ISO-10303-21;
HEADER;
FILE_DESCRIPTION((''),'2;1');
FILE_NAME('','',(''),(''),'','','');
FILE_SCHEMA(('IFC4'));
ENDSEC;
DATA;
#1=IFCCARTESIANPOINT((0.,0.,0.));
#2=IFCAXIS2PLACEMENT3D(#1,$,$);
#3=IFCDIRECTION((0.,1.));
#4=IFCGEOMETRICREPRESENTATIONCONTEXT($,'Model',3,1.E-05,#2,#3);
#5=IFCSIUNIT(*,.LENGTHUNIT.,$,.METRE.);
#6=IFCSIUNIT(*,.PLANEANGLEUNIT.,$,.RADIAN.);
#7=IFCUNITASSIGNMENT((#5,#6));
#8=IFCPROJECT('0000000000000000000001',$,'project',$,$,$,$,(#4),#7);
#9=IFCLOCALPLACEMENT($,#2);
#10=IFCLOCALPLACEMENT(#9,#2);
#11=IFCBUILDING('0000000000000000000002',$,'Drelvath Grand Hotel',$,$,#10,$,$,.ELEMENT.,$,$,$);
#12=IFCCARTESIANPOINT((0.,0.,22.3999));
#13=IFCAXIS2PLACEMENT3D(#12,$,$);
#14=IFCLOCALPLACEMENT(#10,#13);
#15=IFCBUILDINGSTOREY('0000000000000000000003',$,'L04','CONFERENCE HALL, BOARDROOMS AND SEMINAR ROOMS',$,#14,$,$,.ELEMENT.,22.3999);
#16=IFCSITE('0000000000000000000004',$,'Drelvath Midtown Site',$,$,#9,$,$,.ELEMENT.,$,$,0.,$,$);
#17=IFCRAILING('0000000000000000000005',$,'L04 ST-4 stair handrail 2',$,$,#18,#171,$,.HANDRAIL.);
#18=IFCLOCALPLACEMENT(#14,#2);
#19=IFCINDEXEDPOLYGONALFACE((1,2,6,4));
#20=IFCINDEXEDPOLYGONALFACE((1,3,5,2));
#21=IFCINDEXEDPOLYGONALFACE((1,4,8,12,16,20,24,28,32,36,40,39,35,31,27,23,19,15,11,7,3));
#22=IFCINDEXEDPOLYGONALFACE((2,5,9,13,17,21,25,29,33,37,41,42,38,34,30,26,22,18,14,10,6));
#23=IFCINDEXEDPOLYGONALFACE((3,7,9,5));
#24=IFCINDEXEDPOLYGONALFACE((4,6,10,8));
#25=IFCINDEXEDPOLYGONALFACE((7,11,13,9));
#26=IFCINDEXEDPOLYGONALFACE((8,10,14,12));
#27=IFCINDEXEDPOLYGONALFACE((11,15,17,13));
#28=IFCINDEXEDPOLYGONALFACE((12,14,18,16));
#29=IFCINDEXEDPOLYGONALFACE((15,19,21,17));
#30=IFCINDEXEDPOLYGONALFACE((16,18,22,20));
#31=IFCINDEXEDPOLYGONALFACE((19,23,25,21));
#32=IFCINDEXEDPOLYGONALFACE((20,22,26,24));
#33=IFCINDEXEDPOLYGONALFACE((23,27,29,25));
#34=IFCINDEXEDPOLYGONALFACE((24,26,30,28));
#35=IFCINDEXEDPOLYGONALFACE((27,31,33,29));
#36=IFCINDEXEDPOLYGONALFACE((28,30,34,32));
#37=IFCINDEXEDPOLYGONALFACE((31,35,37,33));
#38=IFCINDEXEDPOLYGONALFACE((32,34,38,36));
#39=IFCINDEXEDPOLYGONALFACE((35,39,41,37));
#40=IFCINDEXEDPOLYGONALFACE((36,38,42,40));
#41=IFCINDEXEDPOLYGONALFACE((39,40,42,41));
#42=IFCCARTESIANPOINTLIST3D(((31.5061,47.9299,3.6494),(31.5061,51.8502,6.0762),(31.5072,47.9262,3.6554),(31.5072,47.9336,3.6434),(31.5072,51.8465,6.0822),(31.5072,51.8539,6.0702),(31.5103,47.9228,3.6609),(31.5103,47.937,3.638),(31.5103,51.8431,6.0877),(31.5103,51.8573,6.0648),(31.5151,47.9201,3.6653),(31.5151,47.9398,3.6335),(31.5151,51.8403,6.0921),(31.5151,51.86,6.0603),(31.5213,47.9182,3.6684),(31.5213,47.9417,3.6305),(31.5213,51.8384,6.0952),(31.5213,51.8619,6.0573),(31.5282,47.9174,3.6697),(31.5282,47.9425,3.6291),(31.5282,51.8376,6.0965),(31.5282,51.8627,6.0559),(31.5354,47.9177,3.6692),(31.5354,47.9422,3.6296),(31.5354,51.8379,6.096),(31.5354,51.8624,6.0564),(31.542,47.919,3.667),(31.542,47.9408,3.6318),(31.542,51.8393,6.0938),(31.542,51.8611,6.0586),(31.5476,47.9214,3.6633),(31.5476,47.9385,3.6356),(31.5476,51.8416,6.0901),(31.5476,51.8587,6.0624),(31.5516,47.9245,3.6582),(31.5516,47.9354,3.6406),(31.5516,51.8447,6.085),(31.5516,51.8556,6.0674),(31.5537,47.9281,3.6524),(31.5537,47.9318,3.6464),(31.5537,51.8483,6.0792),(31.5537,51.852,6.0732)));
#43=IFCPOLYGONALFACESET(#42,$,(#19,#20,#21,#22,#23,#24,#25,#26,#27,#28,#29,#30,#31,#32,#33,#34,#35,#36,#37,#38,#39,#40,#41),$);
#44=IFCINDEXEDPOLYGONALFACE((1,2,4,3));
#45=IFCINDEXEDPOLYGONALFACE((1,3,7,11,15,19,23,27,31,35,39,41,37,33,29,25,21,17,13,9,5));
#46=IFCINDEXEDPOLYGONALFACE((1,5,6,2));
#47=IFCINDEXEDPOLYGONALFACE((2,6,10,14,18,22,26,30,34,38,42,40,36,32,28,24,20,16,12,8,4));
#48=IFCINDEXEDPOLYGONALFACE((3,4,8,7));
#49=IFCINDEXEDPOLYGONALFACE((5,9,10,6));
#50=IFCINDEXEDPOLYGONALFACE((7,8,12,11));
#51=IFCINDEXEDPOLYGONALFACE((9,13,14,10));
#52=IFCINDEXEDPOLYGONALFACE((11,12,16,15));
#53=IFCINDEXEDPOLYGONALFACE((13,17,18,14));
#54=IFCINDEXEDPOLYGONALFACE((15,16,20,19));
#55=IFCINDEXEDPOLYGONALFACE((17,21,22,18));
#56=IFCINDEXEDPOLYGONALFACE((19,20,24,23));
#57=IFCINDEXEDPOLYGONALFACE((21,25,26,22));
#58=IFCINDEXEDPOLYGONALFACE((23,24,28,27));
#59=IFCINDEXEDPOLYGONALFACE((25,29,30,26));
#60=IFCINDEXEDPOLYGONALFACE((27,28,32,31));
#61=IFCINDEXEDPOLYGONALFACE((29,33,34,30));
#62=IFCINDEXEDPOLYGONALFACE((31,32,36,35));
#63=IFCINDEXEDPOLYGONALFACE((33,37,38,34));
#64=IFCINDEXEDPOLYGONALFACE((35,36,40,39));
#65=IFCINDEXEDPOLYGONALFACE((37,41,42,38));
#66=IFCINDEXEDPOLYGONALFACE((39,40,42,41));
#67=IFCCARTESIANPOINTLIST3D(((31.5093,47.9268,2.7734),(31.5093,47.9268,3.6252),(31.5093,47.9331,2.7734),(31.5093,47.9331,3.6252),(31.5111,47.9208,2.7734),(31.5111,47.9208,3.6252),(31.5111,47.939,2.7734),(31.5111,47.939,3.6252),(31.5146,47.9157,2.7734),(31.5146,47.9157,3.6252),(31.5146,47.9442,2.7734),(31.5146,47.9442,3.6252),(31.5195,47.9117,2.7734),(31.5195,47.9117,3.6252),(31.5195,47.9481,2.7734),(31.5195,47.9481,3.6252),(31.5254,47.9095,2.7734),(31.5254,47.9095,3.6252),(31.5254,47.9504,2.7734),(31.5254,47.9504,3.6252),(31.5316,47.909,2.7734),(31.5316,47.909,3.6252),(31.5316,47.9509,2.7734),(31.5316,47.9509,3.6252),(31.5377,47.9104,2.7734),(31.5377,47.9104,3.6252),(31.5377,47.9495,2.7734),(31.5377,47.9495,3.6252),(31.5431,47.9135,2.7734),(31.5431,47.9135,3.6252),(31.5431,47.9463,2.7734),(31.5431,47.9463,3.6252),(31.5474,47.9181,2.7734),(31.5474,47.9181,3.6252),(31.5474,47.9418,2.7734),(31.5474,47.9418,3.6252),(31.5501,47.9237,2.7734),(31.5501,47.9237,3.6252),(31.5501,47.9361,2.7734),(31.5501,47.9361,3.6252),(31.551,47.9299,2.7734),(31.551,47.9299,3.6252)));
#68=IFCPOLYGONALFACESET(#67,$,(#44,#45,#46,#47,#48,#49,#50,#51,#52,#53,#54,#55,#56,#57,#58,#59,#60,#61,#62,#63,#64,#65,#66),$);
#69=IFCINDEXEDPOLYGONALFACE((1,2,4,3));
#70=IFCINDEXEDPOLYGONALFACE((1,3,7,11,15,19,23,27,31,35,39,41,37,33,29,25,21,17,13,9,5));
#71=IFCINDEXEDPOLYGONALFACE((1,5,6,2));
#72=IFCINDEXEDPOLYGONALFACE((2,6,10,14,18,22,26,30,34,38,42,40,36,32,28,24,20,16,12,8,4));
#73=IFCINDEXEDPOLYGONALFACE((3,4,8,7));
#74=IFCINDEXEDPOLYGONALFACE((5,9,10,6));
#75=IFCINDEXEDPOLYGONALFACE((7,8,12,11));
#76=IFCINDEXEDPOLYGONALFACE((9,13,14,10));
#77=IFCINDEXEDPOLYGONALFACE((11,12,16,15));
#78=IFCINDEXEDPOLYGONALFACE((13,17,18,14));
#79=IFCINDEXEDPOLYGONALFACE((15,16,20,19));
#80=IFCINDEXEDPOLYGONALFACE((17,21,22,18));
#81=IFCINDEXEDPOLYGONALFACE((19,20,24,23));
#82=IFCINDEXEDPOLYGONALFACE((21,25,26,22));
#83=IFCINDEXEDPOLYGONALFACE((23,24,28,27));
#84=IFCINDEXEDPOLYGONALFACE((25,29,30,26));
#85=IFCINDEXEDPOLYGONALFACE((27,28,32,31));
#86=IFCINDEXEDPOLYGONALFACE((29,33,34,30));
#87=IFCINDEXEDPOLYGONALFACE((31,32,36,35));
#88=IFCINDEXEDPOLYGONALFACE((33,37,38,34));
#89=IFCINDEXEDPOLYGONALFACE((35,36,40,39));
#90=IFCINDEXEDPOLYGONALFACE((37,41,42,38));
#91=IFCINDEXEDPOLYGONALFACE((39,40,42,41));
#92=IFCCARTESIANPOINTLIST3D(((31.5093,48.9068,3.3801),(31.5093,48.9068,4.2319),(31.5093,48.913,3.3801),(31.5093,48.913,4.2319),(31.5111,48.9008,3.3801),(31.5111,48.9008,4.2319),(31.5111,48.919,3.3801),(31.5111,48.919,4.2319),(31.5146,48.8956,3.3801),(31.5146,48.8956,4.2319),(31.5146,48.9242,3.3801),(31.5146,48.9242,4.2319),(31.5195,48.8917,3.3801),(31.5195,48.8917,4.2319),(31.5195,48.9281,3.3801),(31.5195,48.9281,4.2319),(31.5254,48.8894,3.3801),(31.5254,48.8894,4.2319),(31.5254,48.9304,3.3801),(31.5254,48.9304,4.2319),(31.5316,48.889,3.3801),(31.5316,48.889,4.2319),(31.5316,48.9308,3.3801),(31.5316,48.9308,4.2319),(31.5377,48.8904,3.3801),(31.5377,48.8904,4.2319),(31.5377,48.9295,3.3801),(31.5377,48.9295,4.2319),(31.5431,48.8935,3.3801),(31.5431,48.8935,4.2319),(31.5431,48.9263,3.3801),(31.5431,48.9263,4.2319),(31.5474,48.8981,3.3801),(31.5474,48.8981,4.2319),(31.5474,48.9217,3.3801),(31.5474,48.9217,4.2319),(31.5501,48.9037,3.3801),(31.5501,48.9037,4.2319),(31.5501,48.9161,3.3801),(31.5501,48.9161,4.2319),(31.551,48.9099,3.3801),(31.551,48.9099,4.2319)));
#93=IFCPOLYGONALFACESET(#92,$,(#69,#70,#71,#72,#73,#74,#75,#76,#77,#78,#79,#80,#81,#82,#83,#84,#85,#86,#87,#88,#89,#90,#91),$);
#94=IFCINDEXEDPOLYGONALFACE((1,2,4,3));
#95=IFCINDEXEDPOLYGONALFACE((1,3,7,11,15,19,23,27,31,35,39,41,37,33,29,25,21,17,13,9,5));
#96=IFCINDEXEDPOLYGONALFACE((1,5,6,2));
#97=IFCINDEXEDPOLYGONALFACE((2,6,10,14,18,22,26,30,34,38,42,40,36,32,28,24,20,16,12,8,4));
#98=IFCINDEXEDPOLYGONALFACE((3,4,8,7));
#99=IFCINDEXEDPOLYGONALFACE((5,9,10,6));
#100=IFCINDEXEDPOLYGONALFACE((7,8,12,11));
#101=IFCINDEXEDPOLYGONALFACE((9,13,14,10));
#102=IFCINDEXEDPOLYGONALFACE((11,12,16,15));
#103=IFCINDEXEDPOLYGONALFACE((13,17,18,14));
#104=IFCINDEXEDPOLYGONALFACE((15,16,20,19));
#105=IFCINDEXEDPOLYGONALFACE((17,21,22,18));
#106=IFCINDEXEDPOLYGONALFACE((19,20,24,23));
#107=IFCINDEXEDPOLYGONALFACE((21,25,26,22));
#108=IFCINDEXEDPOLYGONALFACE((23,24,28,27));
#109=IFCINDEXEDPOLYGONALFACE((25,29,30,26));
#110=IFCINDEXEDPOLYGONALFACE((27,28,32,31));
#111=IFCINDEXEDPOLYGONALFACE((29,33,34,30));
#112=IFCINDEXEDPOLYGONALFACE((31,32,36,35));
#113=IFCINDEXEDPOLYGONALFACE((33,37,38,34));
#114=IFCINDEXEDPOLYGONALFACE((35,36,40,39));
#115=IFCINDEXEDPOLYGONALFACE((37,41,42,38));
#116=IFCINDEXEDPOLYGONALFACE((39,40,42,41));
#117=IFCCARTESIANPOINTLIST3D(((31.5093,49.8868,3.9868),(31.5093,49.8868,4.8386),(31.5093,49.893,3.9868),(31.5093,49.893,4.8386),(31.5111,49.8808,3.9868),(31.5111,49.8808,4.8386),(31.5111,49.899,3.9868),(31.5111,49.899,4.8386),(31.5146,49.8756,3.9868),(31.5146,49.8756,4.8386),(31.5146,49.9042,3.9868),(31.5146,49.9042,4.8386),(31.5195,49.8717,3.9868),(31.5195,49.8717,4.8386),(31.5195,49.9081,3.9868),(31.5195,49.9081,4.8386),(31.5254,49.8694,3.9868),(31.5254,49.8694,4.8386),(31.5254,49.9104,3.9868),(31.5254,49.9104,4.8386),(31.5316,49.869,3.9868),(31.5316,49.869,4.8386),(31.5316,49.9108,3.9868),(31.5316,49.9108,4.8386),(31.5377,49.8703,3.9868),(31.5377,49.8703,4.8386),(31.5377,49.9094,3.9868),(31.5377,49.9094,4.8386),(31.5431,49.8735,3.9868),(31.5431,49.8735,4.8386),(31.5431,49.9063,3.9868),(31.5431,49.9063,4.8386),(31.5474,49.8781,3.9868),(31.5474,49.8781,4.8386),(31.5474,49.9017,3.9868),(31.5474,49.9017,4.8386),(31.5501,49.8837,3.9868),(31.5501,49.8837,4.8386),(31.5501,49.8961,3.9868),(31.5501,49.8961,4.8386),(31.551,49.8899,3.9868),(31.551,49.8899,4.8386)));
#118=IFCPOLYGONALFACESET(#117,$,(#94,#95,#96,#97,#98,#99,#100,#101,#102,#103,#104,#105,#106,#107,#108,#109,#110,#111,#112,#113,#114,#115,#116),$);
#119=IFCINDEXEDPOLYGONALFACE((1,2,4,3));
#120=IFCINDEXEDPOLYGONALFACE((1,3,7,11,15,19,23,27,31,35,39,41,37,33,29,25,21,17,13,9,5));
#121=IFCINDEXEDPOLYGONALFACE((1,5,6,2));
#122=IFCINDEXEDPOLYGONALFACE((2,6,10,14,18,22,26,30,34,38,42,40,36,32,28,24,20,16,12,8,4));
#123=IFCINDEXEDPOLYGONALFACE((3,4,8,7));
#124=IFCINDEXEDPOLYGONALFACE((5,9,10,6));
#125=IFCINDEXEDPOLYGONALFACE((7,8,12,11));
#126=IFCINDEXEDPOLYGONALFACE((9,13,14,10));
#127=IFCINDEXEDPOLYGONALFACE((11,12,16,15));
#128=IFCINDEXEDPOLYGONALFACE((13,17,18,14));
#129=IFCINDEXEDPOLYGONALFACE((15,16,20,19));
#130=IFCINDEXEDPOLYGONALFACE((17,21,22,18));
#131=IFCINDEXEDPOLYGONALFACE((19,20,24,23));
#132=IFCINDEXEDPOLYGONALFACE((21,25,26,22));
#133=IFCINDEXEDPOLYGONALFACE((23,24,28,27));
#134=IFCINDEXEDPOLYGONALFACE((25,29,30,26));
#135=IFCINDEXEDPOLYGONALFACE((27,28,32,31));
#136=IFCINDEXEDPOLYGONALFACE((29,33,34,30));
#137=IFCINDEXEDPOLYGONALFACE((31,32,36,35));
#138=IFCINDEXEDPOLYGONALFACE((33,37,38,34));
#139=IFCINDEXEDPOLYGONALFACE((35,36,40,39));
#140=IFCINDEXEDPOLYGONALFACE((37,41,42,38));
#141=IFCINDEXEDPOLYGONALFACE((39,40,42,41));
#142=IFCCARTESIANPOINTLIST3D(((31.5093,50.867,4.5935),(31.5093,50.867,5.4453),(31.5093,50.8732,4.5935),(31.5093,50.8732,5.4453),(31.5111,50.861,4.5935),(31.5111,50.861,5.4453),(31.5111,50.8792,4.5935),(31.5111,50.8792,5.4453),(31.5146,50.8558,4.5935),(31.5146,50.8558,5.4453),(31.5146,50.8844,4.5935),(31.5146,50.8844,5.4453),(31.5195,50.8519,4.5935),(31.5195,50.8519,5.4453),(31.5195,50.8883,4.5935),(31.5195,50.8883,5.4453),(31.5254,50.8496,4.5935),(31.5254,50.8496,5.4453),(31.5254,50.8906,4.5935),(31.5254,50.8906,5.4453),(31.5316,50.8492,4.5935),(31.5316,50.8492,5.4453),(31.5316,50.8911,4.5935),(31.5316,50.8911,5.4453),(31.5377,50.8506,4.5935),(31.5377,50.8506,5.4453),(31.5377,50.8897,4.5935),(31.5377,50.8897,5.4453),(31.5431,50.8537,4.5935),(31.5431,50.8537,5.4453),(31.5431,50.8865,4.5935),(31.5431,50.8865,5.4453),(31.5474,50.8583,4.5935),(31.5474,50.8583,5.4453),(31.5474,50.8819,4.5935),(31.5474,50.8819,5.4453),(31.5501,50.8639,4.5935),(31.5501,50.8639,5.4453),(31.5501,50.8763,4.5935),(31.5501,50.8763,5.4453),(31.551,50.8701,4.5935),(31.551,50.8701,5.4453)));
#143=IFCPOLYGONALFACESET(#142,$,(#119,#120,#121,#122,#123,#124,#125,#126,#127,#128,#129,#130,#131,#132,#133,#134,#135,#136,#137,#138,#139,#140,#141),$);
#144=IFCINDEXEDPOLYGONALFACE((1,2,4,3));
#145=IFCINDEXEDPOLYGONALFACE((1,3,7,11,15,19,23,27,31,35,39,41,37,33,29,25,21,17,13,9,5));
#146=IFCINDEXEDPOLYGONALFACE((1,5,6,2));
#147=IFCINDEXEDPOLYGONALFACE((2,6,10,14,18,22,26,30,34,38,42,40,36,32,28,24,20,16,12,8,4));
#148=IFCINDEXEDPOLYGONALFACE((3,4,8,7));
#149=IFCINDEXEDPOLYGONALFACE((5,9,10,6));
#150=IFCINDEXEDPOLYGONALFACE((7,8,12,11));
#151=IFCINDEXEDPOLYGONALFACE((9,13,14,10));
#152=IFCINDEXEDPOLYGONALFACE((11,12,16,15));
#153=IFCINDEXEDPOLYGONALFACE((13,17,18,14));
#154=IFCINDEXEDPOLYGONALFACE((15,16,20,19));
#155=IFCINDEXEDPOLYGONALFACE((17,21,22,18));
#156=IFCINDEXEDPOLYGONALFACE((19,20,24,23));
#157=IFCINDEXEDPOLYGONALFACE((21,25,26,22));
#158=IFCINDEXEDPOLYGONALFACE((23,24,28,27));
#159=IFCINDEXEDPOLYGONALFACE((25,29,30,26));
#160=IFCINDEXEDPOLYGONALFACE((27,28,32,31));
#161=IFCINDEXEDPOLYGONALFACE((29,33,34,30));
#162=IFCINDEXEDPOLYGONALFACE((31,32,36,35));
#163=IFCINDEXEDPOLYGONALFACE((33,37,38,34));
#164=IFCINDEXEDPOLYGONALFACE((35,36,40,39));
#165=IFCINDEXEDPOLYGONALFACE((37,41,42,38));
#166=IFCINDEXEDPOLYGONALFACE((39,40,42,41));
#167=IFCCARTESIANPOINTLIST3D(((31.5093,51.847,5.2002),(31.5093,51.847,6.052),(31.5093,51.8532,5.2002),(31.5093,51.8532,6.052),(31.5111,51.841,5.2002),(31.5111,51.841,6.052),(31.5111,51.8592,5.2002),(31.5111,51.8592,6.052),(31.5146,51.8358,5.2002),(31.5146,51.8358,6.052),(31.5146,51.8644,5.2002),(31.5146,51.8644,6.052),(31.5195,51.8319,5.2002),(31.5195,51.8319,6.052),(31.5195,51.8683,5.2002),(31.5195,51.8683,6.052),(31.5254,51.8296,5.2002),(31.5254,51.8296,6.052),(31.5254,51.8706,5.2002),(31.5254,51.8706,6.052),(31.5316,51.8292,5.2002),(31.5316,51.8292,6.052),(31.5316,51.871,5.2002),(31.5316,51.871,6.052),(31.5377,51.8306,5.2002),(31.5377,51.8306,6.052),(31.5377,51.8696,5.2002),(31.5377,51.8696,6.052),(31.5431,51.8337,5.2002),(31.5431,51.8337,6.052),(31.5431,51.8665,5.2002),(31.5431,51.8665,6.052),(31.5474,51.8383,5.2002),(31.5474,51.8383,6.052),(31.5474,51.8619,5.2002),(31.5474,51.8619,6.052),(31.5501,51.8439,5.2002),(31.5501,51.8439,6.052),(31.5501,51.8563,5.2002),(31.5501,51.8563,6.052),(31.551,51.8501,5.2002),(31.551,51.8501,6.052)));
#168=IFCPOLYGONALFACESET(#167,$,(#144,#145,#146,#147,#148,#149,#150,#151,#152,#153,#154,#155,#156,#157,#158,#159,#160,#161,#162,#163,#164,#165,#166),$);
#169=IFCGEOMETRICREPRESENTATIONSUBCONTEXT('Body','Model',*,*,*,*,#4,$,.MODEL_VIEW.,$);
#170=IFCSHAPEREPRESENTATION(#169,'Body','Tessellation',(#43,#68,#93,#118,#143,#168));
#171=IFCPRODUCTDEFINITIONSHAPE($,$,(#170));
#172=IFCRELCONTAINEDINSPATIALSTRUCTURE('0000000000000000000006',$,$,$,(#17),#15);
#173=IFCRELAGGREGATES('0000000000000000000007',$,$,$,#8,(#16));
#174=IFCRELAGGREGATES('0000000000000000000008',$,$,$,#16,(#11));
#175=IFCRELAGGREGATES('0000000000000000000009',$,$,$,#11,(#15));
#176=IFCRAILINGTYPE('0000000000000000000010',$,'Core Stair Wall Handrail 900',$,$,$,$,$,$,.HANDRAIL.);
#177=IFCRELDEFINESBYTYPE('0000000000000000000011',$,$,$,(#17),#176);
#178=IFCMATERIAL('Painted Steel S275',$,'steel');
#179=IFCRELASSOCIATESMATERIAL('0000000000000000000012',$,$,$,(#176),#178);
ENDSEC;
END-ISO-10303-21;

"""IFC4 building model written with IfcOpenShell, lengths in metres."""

from ifc_helpers import new_model, si_unit, direction, frame, origin, origin_2d, place, context, subcontext, project, spatial, circle, extrude, material, type_object, element, save


model = new_model("IFC4")

# Units and contexts
model_context = context("Model", 3, precision=1e-05, world=origin(), true_north=direction((0.0, 1.0)))
body_context = subcontext(model_context, "Body", "Model", "MODEL_VIEW")
ifc_project = project(units=[si_unit("LENGTHUNIT", "METRE"), si_unit("PLANEANGLEUNIT", "RADIAN")], contexts=[model_context])

# Site, building, storey
site_placement = place(None, origin())
site = spatial("IfcSite", under=ifc_project, at=site_placement, Name="Drelvath Midtown Site", CompositionType="ELEMENT", RefElevation=0.0)
building_placement = place(site_placement, origin())
building = spatial("IfcBuilding", under=site, at=building_placement, Name="Drelvath Grand Hotel", CompositionType="ELEMENT")
storey_placement = place(building_placement, frame((0.0, 0.0, 22.3999)))
storey = spatial("IfcBuildingStorey", under=building, at=storey_placement, Name="L04", Description="CONFERENCE HALL, BOARDROOMS AND SEMINAR ROOMS", CompositionType="ELEMENT", Elevation=22.3999)

# Railing
ifc_material_1 = material(Name="Painted Steel S275", Category="steel")
railing_type_1 = type_object("IfcRailingType", Name="Core Stair Wall Handrail 900", PredefinedType="HANDRAIL", material=ifc_material_1)
railing_1_placement = place(storey_placement, frame((31.53, 47.9299, 2.7734)))
element("IfcRailing", 1, at=railing_1_placement, inside=storey, type_object=railing_type_1, Name="L04 ST-4 stair handrail 2", PredefinedType="HANDRAIL", context=body_context, shape_type="SweptSolid", body=[
    extrude(circle(Radius=0.0239, at=origin_2d()), frame((0.0, 0.0, 0.876), z_axis=(0.0, 0.850266, 0.526353), x_axis=(-1.0, 0.0, 0.0)), (0.0, 0.0, 1.0), 4.6106),
    extrude(circle(Radius=0.021, at=origin_2d()), origin(), (0.0, 0.0, 1.0), 0.8518),
    extrude(circle(Radius=0.021, at=origin_2d()), frame((0.0, 0.98, 0.6067)), (0.0, 0.0, 1.0), 0.8518),
    extrude(circle(Radius=0.021, at=origin_2d()), frame((0.0, 1.96, 1.2134)), (0.0, 0.0, 1.0), 0.8518),
    extrude(circle(Radius=0.021, at=origin_2d()), frame((0.0, 2.9402, 1.8201)), (0.0, 0.0, 1.0), 0.8518),
    extrude(circle(Radius=0.021, at=origin_2d()), frame((0.0, 3.9202, 2.4268)), (0.0, 0.0, 1.0), 0.8518),
])

save(model, "model.ifc")
